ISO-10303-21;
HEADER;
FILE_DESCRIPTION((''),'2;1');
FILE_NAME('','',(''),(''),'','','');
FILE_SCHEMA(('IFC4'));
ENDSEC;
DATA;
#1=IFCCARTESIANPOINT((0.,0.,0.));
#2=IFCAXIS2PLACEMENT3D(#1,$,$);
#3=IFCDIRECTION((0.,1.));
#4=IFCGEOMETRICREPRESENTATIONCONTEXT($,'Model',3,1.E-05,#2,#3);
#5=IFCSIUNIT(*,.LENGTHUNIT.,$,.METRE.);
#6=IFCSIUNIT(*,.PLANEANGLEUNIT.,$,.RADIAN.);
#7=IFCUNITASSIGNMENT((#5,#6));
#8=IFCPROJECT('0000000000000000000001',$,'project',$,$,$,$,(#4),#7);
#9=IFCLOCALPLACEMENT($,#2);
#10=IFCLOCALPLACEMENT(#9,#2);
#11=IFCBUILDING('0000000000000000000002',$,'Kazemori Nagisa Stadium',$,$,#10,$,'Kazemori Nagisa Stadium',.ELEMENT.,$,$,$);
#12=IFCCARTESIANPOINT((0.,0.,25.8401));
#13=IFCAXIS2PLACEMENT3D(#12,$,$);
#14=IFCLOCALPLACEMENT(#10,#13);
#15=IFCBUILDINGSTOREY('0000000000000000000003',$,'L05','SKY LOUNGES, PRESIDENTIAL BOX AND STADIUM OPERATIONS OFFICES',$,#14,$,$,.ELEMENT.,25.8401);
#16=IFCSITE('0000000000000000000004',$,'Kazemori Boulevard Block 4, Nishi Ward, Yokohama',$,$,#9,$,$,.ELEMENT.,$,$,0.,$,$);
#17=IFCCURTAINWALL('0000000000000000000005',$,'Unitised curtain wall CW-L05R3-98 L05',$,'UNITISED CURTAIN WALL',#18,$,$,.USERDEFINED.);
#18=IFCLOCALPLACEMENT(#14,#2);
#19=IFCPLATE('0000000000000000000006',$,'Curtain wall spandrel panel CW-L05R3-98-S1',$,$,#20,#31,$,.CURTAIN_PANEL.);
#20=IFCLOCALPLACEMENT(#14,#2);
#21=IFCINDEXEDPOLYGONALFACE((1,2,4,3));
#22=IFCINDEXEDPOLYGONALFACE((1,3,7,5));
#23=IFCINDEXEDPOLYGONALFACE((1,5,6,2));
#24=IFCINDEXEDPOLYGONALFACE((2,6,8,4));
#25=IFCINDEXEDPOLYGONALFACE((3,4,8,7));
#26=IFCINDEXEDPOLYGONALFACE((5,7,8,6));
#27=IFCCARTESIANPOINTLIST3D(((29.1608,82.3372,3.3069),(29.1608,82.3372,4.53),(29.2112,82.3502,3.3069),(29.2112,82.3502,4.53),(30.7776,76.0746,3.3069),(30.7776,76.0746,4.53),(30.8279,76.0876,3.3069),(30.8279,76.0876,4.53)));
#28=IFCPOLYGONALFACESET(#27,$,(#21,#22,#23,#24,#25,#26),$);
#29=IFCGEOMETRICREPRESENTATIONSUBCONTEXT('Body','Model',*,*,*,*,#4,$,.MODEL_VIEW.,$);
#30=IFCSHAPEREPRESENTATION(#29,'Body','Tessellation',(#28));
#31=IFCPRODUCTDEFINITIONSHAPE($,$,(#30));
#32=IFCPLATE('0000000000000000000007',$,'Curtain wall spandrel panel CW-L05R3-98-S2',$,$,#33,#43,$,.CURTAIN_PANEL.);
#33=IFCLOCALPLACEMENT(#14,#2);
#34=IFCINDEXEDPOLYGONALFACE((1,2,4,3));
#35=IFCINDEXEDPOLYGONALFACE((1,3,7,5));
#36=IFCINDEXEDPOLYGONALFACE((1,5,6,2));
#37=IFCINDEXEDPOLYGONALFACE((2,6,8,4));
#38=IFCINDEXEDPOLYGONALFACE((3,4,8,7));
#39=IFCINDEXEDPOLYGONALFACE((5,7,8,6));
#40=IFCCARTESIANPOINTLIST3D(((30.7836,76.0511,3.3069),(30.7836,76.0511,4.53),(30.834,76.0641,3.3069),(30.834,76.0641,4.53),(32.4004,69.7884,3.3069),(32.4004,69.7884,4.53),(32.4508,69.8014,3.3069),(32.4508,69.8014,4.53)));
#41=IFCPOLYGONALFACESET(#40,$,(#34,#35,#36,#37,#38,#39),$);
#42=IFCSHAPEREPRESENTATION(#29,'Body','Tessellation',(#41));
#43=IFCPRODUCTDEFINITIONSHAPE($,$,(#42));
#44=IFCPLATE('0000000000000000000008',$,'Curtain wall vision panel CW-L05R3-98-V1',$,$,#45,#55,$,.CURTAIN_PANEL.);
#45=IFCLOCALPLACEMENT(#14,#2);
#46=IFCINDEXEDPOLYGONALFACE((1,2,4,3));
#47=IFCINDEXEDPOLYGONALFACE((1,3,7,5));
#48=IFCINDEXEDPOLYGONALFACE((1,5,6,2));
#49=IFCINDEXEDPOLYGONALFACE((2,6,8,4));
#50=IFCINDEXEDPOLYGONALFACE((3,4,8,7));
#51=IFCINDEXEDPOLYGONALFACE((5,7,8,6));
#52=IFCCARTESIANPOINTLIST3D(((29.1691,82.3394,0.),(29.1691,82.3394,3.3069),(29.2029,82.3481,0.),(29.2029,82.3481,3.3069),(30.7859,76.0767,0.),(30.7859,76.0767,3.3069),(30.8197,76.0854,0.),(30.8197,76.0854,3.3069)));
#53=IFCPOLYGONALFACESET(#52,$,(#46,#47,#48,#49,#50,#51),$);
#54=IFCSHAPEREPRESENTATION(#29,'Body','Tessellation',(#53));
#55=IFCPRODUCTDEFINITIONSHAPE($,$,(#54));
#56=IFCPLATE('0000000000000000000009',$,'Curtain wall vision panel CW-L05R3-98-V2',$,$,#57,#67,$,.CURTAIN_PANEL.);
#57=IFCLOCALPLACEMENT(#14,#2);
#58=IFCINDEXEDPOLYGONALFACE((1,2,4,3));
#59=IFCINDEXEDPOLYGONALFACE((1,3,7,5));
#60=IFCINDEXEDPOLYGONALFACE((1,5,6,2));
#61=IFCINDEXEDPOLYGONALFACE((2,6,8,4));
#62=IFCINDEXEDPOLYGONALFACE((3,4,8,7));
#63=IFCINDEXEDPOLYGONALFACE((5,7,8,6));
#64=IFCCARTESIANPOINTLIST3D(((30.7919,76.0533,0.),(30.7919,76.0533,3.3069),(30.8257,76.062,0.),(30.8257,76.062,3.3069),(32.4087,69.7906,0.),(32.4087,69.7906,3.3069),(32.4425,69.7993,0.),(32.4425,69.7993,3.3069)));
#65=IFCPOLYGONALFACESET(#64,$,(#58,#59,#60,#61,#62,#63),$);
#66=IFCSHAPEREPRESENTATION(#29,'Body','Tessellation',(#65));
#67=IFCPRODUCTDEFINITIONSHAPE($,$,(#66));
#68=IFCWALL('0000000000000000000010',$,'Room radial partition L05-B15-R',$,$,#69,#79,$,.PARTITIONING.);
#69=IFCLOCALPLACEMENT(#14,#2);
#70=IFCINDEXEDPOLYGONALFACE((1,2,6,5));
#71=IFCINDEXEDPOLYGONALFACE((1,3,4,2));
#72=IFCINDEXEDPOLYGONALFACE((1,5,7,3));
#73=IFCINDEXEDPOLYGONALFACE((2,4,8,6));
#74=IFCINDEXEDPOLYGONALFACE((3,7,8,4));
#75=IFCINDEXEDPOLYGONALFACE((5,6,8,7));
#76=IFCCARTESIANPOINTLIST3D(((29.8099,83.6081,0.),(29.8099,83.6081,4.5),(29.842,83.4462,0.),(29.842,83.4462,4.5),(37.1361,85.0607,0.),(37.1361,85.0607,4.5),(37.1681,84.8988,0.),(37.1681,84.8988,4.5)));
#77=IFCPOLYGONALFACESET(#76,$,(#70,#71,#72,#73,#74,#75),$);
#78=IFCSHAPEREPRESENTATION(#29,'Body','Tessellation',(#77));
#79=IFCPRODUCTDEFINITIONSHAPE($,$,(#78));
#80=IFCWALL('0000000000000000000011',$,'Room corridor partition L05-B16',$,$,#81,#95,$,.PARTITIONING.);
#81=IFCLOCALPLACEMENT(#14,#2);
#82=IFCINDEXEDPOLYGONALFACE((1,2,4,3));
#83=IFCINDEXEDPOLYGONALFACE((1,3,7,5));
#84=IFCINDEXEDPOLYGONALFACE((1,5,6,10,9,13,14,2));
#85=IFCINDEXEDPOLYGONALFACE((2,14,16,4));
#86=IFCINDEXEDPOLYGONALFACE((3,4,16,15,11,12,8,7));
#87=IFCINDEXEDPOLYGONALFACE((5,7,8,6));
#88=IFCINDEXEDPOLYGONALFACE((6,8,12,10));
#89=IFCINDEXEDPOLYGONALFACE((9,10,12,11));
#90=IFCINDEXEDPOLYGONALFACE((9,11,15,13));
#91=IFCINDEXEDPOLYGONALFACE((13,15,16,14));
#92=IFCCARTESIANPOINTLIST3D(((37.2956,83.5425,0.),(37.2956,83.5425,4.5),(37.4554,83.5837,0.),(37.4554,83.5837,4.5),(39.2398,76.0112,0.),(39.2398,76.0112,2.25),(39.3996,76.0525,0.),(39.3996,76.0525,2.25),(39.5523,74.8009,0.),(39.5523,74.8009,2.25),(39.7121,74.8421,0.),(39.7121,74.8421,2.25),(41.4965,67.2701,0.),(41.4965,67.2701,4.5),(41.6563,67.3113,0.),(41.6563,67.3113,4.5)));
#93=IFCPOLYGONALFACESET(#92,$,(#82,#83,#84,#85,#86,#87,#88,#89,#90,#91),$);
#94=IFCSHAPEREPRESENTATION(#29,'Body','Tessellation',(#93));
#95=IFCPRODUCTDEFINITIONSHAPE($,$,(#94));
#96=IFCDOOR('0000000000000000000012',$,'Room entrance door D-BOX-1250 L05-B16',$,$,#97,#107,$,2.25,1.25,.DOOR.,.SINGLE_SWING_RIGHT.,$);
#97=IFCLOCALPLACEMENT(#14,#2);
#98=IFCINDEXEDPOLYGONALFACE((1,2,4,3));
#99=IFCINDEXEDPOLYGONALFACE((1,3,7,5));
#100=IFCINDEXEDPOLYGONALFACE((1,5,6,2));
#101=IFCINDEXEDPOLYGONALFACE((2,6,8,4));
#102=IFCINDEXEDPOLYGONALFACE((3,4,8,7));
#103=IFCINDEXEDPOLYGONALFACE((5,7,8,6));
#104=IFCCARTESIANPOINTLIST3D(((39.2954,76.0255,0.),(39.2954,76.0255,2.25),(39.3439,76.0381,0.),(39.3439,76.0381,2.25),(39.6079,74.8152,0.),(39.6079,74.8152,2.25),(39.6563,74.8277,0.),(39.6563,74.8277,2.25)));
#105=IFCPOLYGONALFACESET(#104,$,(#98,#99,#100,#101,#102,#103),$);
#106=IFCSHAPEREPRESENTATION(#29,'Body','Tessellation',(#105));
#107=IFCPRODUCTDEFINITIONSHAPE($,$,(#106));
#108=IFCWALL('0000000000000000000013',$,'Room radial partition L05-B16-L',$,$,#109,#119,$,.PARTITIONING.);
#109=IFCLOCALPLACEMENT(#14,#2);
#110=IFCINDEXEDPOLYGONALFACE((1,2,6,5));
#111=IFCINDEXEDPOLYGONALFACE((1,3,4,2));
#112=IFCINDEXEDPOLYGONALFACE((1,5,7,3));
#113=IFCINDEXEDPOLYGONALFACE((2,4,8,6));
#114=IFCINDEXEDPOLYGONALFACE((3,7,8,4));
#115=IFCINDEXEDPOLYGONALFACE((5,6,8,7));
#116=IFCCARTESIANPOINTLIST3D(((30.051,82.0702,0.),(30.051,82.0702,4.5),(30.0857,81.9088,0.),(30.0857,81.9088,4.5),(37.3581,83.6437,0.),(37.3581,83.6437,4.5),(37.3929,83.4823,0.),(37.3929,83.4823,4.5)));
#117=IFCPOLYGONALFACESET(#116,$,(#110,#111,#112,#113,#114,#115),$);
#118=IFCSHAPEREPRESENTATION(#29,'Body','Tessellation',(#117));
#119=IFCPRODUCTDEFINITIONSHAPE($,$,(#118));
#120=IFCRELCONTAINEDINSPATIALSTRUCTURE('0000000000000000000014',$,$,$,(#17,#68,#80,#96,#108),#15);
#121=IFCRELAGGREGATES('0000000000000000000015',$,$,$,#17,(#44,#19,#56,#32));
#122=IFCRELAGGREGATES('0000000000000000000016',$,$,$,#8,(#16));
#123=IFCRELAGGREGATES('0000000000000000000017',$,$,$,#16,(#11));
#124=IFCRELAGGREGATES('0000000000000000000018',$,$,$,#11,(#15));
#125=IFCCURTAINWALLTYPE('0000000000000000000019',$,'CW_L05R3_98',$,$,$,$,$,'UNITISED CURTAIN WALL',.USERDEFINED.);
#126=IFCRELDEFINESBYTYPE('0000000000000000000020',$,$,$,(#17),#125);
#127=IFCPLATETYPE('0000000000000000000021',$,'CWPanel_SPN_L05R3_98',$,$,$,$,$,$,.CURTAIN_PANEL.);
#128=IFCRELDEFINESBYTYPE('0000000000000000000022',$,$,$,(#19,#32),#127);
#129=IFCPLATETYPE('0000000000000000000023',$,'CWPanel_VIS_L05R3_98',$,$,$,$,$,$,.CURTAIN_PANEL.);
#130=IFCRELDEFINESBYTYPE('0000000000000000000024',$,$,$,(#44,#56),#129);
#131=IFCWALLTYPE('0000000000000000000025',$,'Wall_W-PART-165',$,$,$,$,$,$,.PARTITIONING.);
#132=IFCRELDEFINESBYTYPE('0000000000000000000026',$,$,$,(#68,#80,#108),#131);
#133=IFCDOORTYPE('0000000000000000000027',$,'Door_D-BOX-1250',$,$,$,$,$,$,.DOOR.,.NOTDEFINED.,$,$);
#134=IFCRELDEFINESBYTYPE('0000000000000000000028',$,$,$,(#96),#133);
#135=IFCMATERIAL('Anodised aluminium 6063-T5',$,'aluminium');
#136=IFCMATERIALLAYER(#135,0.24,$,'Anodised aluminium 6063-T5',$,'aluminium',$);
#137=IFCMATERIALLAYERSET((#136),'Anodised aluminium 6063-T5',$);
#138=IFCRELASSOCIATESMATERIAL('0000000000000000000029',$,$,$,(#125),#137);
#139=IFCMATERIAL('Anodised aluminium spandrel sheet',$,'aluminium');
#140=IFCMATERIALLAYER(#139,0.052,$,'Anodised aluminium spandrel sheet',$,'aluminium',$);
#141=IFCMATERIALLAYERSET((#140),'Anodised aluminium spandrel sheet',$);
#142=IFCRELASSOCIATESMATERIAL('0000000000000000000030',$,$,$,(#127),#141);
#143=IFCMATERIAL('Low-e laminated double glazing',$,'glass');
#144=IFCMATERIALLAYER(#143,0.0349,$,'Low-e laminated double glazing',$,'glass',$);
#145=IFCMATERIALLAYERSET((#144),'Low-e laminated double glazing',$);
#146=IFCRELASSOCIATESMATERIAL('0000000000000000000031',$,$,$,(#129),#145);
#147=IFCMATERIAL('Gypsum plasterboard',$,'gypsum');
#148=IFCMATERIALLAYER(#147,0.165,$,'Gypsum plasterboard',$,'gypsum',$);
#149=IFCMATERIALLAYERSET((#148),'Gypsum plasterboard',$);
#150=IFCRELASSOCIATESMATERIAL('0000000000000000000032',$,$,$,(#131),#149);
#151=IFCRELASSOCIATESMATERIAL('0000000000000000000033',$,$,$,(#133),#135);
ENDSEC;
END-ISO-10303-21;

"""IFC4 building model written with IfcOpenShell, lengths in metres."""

from ifc_helpers import new_model, si_unit, direction, frame, frame_2d, origin, origin_2d, place, context, subcontext, project, spatial, rectangle, extrude, material, layer, layer_set, type_object, element, fill, aggregate, save


model = new_model("IFC4")

# Units and contexts
model_context = context("Model", 3, precision=1e-05, world=origin(), true_north=direction((0.0, 1.0)))
body_context = subcontext(model_context, "Body", "Model", "MODEL_VIEW")
ifc_project = project(units=[si_unit("LENGTHUNIT", "METRE"), si_unit("PLANEANGLEUNIT", "RADIAN")], contexts=[model_context])

# Site, building, storey
site_placement = place(None, origin())
site = spatial("IfcSite", under=ifc_project, at=site_placement, Name="Kazemori Boulevard Block 4, Nishi Ward, Yokohama", CompositionType="ELEMENT", RefElevation=0.0)
building_placement = place(site_placement, origin())
building = spatial("IfcBuilding", under=site, at=building_placement, Name="Kazemori Nagisa Stadium", LongName="Kazemori Nagisa Stadium", CompositionType="ELEMENT")
storey_placement = place(building_placement, frame((0.0, 0.0, 25.8401)))
storey = spatial("IfcBuildingStorey", under=building, at=storey_placement, Name="L05", Description="SKY LOUNGES, PRESIDENTIAL BOX AND STADIUM OPERATIONS OFFICES", CompositionType="ELEMENT", Elevation=25.8401)

# Shared definitions
ifc_material_1 = material(Name="Anodised aluminium 6063-T5", Category="aluminium")

# Curtain wall, plates
ifc_layer_1 = layer(ifc_material_1, 0.24, Name="Anodised aluminium 6063-T5", Category="aluminium")
ifc_layer_set_1 = layer_set([ifc_layer_1], Name="Anodised aluminium 6063-T5")
curtain_wall_type_1 = type_object("IfcCurtainWallType", Name="CW_L05R3_98", ElementType="UNITISED CURTAIN WALL", PredefinedType="USERDEFINED", material=ifc_layer_set_1)
curtain_wall_1_placement = place(storey_placement, origin())
curtain_wall_1 = element("IfcCurtainWall", 1, at=curtain_wall_1_placement, inside=storey, type_object=curtain_wall_type_1, Name="Unitised curtain wall CW-L05R3-98 L05", ObjectType="UNITISED CURTAIN WALL", PredefinedType="USERDEFINED")
ifc_material_2 = material(Name="Anodised aluminium spandrel sheet", Category="aluminium")
ifc_layer_2 = layer(ifc_material_2, 0.052, Name="Anodised aluminium spandrel sheet", Category="aluminium")
ifc_layer_set_2 = layer_set([ifc_layer_2], Name="Anodised aluminium spandrel sheet")
plate_type_1 = type_object("IfcPlateType", Name="CWPanel_SPN_L05R3_98", PredefinedType="CURTAIN_PANEL", material=ifc_layer_set_2)
plate_1_placement = place(storey_placement, frame((29.9944, 79.2124, 3.3069), z_axis=(0.0, 0.0, 1.0), x_axis=(0.249965, -0.968255, 0.0)))
plate_1 = element("IfcPlate", 2, at=plate_1_placement, type_object=plate_type_1, Name="Curtain wall spandrel panel CW-L05R3-98-S1", PredefinedType="CURTAIN_PANEL", context=body_context, shape_type="SweptSolid", body=[
    extrude(rectangle(XDim=6.468, YDim=0.052, at=origin_2d()), origin(), (0.0, 0.0, 1.0), 1.2231),
])
plate_2_placement = place(storey_placement, frame((31.6172, 72.9263, 3.3069), z_axis=(0.0, 0.0, 1.0), x_axis=(0.249965, -0.968255, 0.0)))
plate_2 = element("IfcPlate", 3, at=plate_2_placement, type_object=plate_type_1, Name="Curtain wall spandrel panel CW-L05R3-98-S2", PredefinedType="CURTAIN_PANEL", context=body_context, shape_type="SweptSolid", body=[
    extrude(rectangle(XDim=6.468, YDim=0.052, at=origin_2d()), origin(), (0.0, 0.0, 1.0), 1.2231),
])
ifc_material_3 = material(Name="Low-e laminated double glazing", Category="glass")
ifc_layer_3 = layer(ifc_material_3, 0.0349, Name="Low-e laminated double glazing", Category="glass")
ifc_layer_set_3 = layer_set([ifc_layer_3], Name="Low-e laminated double glazing")
plate_type_2 = type_object("IfcPlateType", Name="CWPanel_VIS_L05R3_98", PredefinedType="CURTAIN_PANEL", material=ifc_layer_set_3)
plate_3_placement = place(storey_placement, frame((29.9944, 79.2124, 0.0), z_axis=(0.0, 0.0, 1.0), x_axis=(0.249965, -0.968255, 0.0)))
plate_3 = element("IfcPlate", 4, at=plate_3_placement, type_object=plate_type_2, Name="Curtain wall vision panel CW-L05R3-98-V1", PredefinedType="CURTAIN_PANEL", context=body_context, shape_type="SweptSolid", body=[
    extrude(rectangle(XDim=6.468, YDim=0.0349, at=origin_2d()), origin(), (0.0, 0.0, 1.0), 3.3069),
])
plate_4_placement = place(storey_placement, frame((31.6172, 72.9263, 0.0), z_axis=(0.0, 0.0, 1.0), x_axis=(0.249965, -0.968255, 0.0)))
plate_4 = element("IfcPlate", 5, at=plate_4_placement, type_object=plate_type_2, Name="Curtain wall vision panel CW-L05R3-98-V2", PredefinedType="CURTAIN_PANEL", context=body_context, shape_type="SweptSolid", body=[
    extrude(rectangle(XDim=6.468, YDim=0.0349, at=origin_2d()), origin(), (0.0, 0.0, 1.0), 3.3069),
])
aggregate(curtain_wall_1, [plate_3, plate_1, plate_4, plate_2])

# Wall
ifc_material_4 = material(Name="Gypsum plasterboard", Category="gypsum")
ifc_layer_4 = layer(ifc_material_4, 0.165, Name="Gypsum plasterboard", Category="gypsum")
ifc_layer_set_4 = layer_set([ifc_layer_4], Name="Gypsum plasterboard")
wall_type = type_object("IfcWallType", Name="Wall_W-PART-165", PredefinedType="PARTITIONING", material=ifc_layer_set_4)
wall_1_placement = place(storey_placement, frame((37.1521, 84.9797, 0.0), z_axis=(0.0, 0.0, 1.0), x_axis=(-0.980904, -0.194494, 0.0)))
element("IfcWall", 6, at=wall_1_placement, inside=storey, type_object=wall_type, Name="Room radial partition L05-B15-R", PredefinedType="PARTITIONING", context=body_context, shape_type="SweptSolid", body=[
    extrude(rectangle(XDim=7.4688, YDim=0.165, at=frame_2d((3.7344, 0.0))), origin(), (0.0, 0.0, 1.0), 4.5),
])

# Wall, opening, door
wall_2_placement = place(storey_placement, frame((37.3755, 83.563, 0.0), z_axis=(0.0, 0.0, 1.0), x_axis=(0.249966, -0.968255, 0.0)))
wall_2 = element("IfcWall", 7, at=wall_2_placement, inside=storey, type_object=wall_type, Name="Room corridor partition L05-B16", PredefinedType="PARTITIONING", context=body_context, shape_type="SweptSolid", body=[
    extrude(rectangle(XDim=16.8059, YDim=0.165, at=frame_2d((8.4028, 0.0))), origin(), (0.0, 0.0, 1.0), 4.5),
])
opening_placement = place(wall_2_placement, frame((7.7781, 0.0, 0.0)))
opening = element("IfcOpeningElement", 8, at=opening_placement, cuts=wall_2, PredefinedType="OPENING", context=body_context, shape_type="SweptSolid", body=[
    extrude(rectangle(XDim=1.25, YDim=2.25, at=frame_2d((0.625, 1.125))), frame((0.0, 0.0925, 0.0), z_axis=(0.0, -1.0, 0.0), x_axis=(1.0, 0.0, 0.0)), (0.0, 0.0, 1.0), 0.1851),
])
door_type = type_object("IfcDoorType", Name="Door_D-BOX-1250", OperationType="NOTDEFINED", PredefinedType="DOOR", material=ifc_material_1)
door_placement = place(opening_placement, origin())
door = element("IfcDoor", 9, at=door_placement, inside=storey, type_object=door_type, Name="Room entrance door D-BOX-1250 L05-B16", OperationType="SINGLE_SWING_RIGHT", OverallHeight=2.25, OverallWidth=1.25, PredefinedType="DOOR", context=body_context, shape_type="SweptSolid", body=[
    extrude(rectangle(XDim=1.25, YDim=2.25, at=frame_2d((0.625, 1.125))), frame((0.0, 0.0249, 0.0), z_axis=(0.0, -1.0, 0.0), x_axis=(1.0, 0.0, 0.0)), (0.0, 0.0, 1.0), 0.05),
])
fill(opening, door)

# Wall
wall_3_placement = place(storey_placement, frame((37.3755, 83.563, 0.0), z_axis=(0.0, 0.0, 1.0), x_axis=(-0.977592, -0.21051, 0.0)))
element("IfcWall", 10, at=wall_3_placement, inside=storey, type_object=wall_type, Name="Room radial partition L05-B16-L", PredefinedType="PARTITIONING", context=body_context, shape_type="SweptSolid", body=[
    extrude(rectangle(XDim=7.4746, YDim=0.165, at=frame_2d((3.7373, 0.0))), origin(), (0.0, 0.0, 1.0), 4.5),
])

save(model, "model.ifc")
